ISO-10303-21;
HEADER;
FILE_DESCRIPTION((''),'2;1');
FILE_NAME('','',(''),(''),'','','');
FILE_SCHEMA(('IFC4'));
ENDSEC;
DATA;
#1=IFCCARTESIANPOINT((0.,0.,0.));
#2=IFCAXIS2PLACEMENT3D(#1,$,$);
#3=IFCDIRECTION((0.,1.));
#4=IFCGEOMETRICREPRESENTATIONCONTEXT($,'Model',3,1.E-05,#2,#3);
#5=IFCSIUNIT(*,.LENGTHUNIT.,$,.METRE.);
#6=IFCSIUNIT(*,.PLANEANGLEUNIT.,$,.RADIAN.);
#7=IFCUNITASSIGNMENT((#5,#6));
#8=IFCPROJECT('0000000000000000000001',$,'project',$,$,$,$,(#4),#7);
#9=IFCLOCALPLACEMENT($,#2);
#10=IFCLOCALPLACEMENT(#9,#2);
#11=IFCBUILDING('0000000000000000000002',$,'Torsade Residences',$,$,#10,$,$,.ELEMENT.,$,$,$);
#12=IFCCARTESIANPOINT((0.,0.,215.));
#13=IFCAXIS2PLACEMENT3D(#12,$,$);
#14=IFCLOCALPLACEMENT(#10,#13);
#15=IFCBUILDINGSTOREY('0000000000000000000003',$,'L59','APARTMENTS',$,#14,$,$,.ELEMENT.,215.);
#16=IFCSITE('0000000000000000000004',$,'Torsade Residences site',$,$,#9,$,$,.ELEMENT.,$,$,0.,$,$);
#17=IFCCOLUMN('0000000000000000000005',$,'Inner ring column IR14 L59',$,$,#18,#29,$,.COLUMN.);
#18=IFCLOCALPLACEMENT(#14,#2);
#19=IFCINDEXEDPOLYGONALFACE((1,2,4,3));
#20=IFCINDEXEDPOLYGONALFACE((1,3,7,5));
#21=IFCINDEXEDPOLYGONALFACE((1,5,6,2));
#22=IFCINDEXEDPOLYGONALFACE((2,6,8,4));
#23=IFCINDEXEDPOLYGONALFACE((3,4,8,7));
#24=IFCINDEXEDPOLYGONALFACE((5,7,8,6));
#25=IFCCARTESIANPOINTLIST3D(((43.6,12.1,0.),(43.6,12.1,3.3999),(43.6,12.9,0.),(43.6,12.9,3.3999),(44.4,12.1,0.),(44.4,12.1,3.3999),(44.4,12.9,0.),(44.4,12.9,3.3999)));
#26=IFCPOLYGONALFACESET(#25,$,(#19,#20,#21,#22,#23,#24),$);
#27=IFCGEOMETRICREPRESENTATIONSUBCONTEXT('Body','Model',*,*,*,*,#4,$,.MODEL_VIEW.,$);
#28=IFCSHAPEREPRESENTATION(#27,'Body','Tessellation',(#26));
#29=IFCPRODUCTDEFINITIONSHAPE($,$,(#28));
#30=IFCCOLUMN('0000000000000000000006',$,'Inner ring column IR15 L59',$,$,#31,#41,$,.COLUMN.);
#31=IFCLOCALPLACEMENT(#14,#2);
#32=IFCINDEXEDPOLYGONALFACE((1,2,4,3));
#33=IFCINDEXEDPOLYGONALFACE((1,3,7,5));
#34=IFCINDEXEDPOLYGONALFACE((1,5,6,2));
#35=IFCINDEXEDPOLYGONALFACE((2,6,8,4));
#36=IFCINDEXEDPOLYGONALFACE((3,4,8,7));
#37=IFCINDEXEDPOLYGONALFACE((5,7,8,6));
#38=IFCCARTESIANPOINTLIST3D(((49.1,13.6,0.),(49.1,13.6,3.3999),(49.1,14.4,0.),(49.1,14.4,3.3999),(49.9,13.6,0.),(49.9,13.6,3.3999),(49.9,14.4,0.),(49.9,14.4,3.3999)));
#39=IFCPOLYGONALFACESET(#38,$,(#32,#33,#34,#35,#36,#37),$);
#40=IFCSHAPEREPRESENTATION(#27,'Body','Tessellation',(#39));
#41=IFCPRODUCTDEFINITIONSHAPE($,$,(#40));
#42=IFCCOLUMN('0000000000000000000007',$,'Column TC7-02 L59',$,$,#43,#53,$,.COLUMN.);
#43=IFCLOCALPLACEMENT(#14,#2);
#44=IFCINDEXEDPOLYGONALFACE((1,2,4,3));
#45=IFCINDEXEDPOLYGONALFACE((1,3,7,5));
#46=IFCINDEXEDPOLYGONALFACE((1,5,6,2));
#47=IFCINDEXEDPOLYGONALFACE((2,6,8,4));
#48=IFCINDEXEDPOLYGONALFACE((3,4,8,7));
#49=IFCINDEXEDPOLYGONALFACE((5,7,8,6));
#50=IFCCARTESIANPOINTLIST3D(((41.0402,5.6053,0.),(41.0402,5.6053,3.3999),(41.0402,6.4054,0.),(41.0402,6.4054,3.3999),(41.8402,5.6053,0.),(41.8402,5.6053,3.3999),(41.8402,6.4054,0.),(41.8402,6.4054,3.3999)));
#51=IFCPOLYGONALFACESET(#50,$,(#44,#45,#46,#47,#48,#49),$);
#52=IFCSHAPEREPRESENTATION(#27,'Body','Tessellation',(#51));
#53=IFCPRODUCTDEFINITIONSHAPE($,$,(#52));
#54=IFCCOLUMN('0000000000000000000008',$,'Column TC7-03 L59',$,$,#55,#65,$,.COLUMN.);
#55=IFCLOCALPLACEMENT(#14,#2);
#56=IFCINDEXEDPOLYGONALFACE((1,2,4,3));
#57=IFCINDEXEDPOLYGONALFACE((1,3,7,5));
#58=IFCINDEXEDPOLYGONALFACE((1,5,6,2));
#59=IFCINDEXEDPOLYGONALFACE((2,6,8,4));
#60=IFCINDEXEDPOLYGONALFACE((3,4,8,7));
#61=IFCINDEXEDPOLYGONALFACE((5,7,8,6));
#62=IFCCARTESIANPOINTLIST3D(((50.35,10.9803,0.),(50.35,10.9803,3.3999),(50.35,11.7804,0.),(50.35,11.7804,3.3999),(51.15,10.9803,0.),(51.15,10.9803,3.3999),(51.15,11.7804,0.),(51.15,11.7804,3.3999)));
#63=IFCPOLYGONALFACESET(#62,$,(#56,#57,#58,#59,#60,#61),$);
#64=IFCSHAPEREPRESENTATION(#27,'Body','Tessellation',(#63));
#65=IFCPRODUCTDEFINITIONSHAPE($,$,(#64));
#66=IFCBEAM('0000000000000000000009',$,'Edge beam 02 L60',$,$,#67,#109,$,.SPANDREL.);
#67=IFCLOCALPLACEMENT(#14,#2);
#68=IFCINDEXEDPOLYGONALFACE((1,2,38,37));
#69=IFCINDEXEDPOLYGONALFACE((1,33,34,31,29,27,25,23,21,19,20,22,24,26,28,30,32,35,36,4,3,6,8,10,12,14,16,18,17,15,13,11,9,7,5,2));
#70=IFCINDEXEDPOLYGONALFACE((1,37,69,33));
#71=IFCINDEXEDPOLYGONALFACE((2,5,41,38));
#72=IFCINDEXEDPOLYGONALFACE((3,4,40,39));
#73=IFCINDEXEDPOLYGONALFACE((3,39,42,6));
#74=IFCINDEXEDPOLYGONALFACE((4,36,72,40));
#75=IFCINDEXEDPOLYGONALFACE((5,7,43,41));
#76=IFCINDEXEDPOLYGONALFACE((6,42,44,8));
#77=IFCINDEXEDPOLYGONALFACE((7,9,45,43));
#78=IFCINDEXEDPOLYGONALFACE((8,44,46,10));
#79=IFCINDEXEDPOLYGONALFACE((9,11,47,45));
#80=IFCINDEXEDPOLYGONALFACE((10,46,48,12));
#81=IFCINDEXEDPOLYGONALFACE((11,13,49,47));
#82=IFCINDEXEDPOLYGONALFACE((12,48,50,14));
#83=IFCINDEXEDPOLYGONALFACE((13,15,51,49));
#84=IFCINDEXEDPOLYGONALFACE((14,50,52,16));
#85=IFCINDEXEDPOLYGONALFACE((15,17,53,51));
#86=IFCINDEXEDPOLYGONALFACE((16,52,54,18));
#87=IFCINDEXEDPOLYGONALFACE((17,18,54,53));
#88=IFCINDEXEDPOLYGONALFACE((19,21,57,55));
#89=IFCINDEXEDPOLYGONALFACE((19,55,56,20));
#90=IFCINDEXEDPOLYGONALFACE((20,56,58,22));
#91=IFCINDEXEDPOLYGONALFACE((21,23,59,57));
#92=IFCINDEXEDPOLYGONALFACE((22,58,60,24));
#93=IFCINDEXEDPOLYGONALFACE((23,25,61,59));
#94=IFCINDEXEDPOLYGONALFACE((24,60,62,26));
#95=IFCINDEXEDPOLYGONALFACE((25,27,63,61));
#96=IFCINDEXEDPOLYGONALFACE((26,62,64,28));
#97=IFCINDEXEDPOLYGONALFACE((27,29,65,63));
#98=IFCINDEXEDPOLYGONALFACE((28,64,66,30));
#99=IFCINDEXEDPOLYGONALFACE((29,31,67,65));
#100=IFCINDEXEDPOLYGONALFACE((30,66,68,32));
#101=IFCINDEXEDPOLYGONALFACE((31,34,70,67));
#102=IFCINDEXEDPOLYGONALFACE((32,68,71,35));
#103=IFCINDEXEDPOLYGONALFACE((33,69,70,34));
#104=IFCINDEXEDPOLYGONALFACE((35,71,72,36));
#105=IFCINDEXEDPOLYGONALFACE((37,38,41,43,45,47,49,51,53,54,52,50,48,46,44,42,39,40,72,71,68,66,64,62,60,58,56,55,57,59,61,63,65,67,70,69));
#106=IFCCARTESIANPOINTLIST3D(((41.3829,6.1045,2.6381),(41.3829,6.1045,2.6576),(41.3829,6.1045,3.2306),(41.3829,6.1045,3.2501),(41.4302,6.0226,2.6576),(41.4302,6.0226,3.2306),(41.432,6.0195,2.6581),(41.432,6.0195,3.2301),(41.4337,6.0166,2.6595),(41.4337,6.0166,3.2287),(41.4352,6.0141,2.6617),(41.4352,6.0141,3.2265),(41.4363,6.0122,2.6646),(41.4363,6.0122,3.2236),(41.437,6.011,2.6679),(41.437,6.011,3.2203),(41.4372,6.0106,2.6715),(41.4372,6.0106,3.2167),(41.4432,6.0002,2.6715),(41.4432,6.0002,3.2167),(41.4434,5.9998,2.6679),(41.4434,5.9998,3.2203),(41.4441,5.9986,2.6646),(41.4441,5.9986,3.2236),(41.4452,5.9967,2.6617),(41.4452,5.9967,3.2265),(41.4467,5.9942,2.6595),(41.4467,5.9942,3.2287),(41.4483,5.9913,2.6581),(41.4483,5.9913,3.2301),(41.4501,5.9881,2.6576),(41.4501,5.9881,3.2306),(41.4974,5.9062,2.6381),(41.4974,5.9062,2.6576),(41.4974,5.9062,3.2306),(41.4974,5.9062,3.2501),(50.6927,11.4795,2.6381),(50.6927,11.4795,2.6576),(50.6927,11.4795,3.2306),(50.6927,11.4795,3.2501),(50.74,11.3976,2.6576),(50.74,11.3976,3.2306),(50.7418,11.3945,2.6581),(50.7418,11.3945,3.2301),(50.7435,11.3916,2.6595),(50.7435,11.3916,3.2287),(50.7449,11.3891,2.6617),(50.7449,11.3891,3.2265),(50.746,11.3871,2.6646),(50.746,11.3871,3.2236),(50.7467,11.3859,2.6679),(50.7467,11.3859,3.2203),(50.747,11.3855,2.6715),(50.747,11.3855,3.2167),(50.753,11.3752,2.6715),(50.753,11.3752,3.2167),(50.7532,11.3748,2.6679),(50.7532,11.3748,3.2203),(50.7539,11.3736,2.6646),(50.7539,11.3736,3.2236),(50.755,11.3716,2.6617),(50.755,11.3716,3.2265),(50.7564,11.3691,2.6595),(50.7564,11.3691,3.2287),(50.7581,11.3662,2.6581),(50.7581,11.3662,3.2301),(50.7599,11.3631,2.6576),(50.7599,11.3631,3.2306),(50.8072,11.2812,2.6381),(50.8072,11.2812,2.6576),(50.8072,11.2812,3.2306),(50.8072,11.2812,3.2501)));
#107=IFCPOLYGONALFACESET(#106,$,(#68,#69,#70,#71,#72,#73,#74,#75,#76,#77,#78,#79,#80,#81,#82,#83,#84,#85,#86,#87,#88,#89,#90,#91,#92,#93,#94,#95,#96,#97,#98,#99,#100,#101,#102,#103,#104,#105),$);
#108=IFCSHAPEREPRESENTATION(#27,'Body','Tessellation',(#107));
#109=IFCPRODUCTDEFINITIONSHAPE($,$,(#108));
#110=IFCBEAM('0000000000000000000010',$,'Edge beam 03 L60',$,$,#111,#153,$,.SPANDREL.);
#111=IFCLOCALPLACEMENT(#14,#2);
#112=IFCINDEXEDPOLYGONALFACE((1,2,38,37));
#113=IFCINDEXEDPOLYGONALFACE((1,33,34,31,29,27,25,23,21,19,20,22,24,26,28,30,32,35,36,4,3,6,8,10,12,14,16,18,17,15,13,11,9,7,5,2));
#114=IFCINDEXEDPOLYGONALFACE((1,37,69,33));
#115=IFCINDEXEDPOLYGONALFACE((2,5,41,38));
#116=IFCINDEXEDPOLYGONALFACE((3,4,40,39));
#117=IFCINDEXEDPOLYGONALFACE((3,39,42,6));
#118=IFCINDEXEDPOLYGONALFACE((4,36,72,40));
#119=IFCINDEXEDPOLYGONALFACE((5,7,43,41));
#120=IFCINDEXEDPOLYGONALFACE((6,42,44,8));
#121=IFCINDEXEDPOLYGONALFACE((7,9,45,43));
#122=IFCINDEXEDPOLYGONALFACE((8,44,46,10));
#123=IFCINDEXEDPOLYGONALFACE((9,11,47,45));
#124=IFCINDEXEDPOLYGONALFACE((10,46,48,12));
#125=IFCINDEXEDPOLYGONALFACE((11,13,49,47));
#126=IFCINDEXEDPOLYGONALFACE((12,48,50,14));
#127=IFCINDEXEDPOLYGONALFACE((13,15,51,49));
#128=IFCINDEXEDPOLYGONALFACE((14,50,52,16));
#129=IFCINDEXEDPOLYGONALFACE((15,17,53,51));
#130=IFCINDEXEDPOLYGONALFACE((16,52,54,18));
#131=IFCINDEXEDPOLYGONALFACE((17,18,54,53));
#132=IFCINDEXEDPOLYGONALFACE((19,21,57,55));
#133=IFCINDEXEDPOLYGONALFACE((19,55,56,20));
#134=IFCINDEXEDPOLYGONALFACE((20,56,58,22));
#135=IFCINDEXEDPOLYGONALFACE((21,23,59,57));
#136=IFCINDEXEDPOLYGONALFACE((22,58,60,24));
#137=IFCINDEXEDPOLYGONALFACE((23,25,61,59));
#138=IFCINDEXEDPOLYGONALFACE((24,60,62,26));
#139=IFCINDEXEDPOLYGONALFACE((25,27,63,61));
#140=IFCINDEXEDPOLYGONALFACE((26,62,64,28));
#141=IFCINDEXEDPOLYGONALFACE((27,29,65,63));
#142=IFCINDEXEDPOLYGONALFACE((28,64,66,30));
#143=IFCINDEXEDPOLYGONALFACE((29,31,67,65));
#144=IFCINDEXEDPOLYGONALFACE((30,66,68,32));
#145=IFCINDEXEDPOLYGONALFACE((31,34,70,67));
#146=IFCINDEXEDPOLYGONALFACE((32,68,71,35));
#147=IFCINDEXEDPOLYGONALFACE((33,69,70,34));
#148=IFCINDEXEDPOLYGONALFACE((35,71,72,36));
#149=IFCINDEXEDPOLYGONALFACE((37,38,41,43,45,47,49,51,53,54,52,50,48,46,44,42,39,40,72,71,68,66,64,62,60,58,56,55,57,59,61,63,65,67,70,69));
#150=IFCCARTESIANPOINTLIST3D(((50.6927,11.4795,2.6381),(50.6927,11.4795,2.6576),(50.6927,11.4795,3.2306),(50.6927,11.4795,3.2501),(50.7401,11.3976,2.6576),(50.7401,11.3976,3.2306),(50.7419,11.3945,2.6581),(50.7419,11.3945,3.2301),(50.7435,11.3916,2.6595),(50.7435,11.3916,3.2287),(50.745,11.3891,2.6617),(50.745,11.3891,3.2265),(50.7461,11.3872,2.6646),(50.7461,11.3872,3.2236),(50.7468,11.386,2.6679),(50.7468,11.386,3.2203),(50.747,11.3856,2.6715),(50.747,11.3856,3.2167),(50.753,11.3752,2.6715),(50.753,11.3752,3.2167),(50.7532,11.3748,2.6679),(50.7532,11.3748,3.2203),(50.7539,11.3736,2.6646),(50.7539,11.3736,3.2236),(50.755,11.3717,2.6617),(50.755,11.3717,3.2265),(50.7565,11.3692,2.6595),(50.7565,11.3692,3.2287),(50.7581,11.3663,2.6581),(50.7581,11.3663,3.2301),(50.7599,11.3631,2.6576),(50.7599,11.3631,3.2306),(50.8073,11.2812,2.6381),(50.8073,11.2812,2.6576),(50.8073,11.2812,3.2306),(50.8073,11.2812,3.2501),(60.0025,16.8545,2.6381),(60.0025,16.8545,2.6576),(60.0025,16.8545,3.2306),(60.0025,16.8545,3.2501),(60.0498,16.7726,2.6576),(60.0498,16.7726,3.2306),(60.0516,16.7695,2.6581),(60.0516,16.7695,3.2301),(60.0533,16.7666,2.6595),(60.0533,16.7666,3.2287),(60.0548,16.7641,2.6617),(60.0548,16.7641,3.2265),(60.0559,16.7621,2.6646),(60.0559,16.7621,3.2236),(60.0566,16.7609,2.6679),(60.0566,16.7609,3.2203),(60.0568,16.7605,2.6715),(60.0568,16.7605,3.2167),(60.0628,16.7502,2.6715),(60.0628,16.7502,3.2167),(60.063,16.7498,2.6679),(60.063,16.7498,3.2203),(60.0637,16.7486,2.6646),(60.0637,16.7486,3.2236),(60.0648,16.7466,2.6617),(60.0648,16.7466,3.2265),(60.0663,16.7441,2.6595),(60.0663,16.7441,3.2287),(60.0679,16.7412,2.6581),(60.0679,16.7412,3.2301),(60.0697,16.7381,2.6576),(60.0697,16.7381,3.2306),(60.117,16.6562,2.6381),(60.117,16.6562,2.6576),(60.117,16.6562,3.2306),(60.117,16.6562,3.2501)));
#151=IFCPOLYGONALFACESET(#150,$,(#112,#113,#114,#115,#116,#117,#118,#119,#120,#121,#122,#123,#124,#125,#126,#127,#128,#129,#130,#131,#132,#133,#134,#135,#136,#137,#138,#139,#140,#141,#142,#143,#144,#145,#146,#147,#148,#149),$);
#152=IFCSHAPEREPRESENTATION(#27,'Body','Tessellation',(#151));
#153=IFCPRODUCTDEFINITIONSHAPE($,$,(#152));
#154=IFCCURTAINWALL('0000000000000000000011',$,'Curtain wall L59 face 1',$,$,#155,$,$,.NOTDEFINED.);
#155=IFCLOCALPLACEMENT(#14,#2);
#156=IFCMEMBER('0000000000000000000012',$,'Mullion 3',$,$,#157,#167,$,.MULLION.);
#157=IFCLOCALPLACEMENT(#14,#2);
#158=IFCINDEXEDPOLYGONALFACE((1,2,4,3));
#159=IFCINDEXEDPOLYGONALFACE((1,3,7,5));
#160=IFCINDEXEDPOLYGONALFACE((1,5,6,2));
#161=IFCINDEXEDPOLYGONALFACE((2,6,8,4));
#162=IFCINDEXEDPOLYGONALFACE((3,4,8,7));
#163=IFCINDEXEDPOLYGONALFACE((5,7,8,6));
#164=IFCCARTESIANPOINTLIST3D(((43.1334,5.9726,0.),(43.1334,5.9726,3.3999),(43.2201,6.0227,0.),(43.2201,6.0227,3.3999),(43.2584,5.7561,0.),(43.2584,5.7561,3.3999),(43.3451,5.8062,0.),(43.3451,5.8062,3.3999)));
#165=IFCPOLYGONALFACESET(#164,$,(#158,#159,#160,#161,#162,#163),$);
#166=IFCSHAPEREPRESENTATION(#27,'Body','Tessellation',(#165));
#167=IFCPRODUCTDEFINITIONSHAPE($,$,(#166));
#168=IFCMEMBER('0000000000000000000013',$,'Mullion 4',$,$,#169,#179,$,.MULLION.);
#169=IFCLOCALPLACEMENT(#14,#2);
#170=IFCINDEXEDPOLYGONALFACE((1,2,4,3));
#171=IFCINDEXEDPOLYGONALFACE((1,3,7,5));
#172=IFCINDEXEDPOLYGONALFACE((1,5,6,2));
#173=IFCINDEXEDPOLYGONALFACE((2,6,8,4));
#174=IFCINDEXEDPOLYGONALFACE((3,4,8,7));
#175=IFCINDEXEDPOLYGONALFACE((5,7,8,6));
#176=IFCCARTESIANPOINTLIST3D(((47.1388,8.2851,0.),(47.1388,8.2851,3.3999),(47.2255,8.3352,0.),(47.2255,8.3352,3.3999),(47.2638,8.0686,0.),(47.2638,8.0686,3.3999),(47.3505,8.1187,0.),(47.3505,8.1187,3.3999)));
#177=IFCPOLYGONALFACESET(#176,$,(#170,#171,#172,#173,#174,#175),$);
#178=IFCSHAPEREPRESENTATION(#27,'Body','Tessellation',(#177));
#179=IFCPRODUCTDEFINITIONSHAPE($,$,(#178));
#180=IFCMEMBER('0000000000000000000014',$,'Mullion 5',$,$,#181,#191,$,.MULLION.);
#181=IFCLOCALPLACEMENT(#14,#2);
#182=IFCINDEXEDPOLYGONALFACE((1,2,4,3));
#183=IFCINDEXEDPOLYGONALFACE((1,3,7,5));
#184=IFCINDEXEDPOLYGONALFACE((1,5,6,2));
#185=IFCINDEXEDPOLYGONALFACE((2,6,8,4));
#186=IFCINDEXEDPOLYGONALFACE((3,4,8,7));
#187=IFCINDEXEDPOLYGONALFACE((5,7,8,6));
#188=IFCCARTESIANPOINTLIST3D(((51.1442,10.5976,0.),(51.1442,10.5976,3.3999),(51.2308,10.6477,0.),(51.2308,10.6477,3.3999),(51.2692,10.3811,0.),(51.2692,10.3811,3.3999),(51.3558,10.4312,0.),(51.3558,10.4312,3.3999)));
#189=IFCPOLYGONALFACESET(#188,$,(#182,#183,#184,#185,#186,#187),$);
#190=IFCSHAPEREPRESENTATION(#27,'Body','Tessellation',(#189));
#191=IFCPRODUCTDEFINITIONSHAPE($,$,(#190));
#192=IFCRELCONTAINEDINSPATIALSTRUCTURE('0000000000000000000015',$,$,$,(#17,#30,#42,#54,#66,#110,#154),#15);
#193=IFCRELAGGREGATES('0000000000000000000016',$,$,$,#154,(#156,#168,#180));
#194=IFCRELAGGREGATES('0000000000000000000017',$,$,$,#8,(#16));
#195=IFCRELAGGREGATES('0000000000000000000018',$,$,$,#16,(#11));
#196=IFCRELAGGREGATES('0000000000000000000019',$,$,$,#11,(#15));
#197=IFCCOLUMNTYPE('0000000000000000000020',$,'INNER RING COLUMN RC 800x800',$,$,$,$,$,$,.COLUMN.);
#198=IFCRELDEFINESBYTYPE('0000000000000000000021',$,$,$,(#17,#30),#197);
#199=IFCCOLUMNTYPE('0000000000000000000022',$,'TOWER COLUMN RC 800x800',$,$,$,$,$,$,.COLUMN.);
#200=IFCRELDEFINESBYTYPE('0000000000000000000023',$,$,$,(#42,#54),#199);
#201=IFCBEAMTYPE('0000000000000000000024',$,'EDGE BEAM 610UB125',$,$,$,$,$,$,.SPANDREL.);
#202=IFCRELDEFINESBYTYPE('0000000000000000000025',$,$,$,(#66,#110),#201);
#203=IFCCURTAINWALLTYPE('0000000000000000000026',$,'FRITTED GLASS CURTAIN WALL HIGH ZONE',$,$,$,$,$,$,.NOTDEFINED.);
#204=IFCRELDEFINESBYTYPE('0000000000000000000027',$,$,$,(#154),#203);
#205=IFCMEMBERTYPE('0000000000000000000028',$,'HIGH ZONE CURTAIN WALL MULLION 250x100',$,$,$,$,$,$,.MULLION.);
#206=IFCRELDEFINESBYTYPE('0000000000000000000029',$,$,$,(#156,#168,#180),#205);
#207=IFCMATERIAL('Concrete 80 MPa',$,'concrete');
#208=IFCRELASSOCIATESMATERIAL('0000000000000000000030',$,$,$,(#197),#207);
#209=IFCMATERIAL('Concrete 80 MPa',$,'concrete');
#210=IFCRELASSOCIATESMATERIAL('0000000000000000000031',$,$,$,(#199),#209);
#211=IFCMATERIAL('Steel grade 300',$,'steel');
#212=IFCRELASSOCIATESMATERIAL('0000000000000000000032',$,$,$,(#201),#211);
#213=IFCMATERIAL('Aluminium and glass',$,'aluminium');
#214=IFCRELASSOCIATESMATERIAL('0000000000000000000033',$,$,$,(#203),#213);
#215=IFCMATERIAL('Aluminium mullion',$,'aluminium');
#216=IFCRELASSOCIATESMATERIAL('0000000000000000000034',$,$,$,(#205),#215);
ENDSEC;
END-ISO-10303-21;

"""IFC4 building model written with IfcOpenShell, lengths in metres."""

from ifc_helpers import new_model, si_unit, direction, frame, origin, origin_2d, place, context, subcontext, project, spatial, rectangle, i_section, extrude, material, material_profile, profile_set, type_object, element, aggregate, save


model = new_model("IFC4")

# Units and contexts
model_context = context("Model", 3, precision=1e-05, world=origin(), true_north=direction((0.0, 1.0)))
body_context = subcontext(model_context, "Body", "Model", "MODEL_VIEW")
ifc_project = project(units=[si_unit("LENGTHUNIT", "METRE"), si_unit("PLANEANGLEUNIT", "RADIAN")], contexts=[model_context])

# Site, building, storey
site_placement = place(None, origin())
site = spatial("IfcSite", under=ifc_project, at=site_placement, Name="Torsade Residences site", CompositionType="ELEMENT", RefElevation=0.0)
building_placement = place(site_placement, origin())
building = spatial("IfcBuilding", under=site, at=building_placement, Name="Torsade Residences", CompositionType="ELEMENT")
storey_placement = place(building_placement, frame((0.0, 0.0, 215.0)))
storey = spatial("IfcBuildingStorey", under=building, at=storey_placement, Name="L59", Description="APARTMENTS", CompositionType="ELEMENT", Elevation=215.0)

# Columns
ifc_material_1 = material(Name="Concrete 80 MPa", Category="concrete")
ifc_material_profile_1 = material_profile(ifc_material_1, rectangle(XDim=0.8, YDim=0.8, at=origin_2d()), Name="RC 800x800")
ifc_profile_set_1 = profile_set([ifc_material_profile_1], Name="Concrete 80 MPa")
column_type_1 = type_object("IfcColumnType", Name="INNER RING COLUMN RC 800x800", PredefinedType="COLUMN", material=ifc_profile_set_1)
for number, where, z_axis, x_axis, name in (
    (1, (44.0, 12.5, 0.0), (0.0, 0.0, 1.0), (1.0, 0.0, 0.0), "Inner ring column IR14 L59"),
    (2, (49.5, 14.0, 0.0), (0.0, 0.0, 1.0), (1.0, 0.0, 0.0), "Inner ring column IR15 L59"),
):
    element("IfcColumn", number, at=place(storey_placement, frame(where, z_axis=z_axis, x_axis=x_axis)), inside=storey, type_object=column_type_1, Name=name, PredefinedType="COLUMN", context=body_context, shape_type="SweptSolid", body=[
        extrude(rectangle(XDim=0.8, YDim=0.8, at=origin_2d()), origin(), (0.0, 0.0, 1.0), 3.3999),
    ])
ifc_material_2 = material(Name="Concrete 80 MPa", Category="concrete")
ifc_material_profile_2 = material_profile(ifc_material_2, rectangle(XDim=0.8, YDim=0.8, at=origin_2d()), Name="RC 800x800")
ifc_profile_set_2 = profile_set([ifc_material_profile_2], Name="Concrete 80 MPa")
column_type_2 = type_object("IfcColumnType", Name="TOWER COLUMN RC 800x800", PredefinedType="COLUMN", material=ifc_profile_set_2)
for number, where, z_axis, x_axis, name in (
    (3, (41.4402, 6.0054, 0.0), (0.0, 0.0, 1.0), (1.0, 0.0, 0.0), "Column TC7-02 L59"),
    (4, (50.75, 11.3804, 0.0), (0.0, 0.0, 1.0), (1.0, 0.0, 0.0), "Column TC7-03 L59"),
):
    element("IfcColumn", number, at=place(storey_placement, frame(where, z_axis=z_axis, x_axis=x_axis)), inside=storey, type_object=column_type_2, Name=name, PredefinedType="COLUMN", context=body_context, shape_type="SweptSolid", body=[
        extrude(rectangle(XDim=0.8, YDim=0.8, at=origin_2d()), origin(), (0.0, 0.0, 1.0), 3.3999),
    ])

# Beams
ifc_material_3 = material(Name="Steel grade 300", Category="steel")
ifc_material_profile_3 = material_profile(ifc_material_3, i_section(OverallWidth=0.229, OverallDepth=0.6121, WebThickness=0.012, FlangeThickness=0.0195, FilletRadius=0.0139, at=origin_2d()), Name="610UB125")
ifc_profile_set_3 = profile_set([ifc_material_profile_3], Name="Steel grade 300")
beam_type_1 = type_object("IfcBeamType", Name="EDGE BEAM 610UB125", PredefinedType="SPANDREL", material=ifc_profile_set_3)
for number, where, z_axis, x_axis, name in (
    (5, (41.4402, 6.0054, 2.9441), (0.866026, 0.499998, 0.0), (-0.499998, 0.866026, 0.0), "Edge beam 02 L60"),
    (6, (50.75, 11.3804, 2.9441), (0.866026, 0.499998, 0.0), (-0.499998, 0.866026, 0.0), "Edge beam 03 L60"),
):
    element("IfcBeam", number, at=place(storey_placement, frame(where, z_axis=z_axis, x_axis=x_axis)), inside=storey, type_object=beam_type_1, Name=name, PredefinedType="SPANDREL", context=body_context, shape_type="SweptSolid", body=[
        extrude(i_section(OverallWidth=0.229, OverallDepth=0.6121, WebThickness=0.012, FlangeThickness=0.0195, FilletRadius=0.0139, at=origin_2d()), origin(), (0.0, 0.0, 1.0), 10.75),
    ])

# Curtain wall, members
ifc_material_4 = material(Name="Aluminium and glass", Category="aluminium")
curtain_wall_type = type_object("IfcCurtainWallType", Name="FRITTED GLASS CURTAIN WALL HIGH ZONE", PredefinedType="NOTDEFINED", material=ifc_material_4)
curtain_wall_placement = place(storey_placement, origin())
curtain_wall = element("IfcCurtainWall", 7, at=curtain_wall_placement, inside=storey, type_object=curtain_wall_type, Name="Curtain wall L59 face 1", PredefinedType="NOTDEFINED")
ifc_material_5 = material(Name="Aluminium mullion", Category="aluminium")
ifc_material_profile_4 = material_profile(ifc_material_5, rectangle(XDim=0.25, YDim=0.1001, at=origin_2d()), Name="HIGH ZONE CURTAIN WALL MULLION 250x100")
ifc_profile_set_4 = profile_set([ifc_material_profile_4], Name="Aluminium mullion")
member_type_1 = type_object("IfcMemberType", Name="HIGH ZONE CURTAIN WALL MULLION 250x100", PredefinedType="MULLION", material=ifc_profile_set_4)
member_1_placement = place(storey_placement, frame((43.2393, 5.8894, 0.0), z_axis=(0.0, 0.0, 1.0), x_axis=(-0.5, 0.866025, 0.0)))
member_1 = element("IfcMember", 8, at=member_1_placement, type_object=member_type_1, Name="Mullion 3", PredefinedType="MULLION", context=body_context, shape_type="SweptSolid", body=[
    extrude(rectangle(XDim=0.25, YDim=0.1001, at=origin_2d()), origin(), (0.0, 0.0, 1.0), 3.3999),
])
member_2_placement = place(storey_placement, frame((47.2446, 8.2019, 0.0), z_axis=(0.0, 0.0, 1.0), x_axis=(-0.5, 0.866025, 0.0)))
member_2 = element("IfcMember", 9, at=member_2_placement, type_object=member_type_1, Name="Mullion 4", PredefinedType="MULLION", context=body_context, shape_type="SweptSolid", body=[
    extrude(rectangle(XDim=0.25, YDim=0.1001, at=origin_2d()), origin(), (0.0, 0.0, 1.0), 3.3999),
])
member_3_placement = place(storey_placement, frame((51.25, 10.5144, 0.0), z_axis=(0.0, 0.0, 1.0), x_axis=(-0.5, 0.866025, 0.0)))
member_3 = element("IfcMember", 10, at=member_3_placement, type_object=member_type_1, Name="Mullion 5", PredefinedType="MULLION", context=body_context, shape_type="SweptSolid", body=[
    extrude(rectangle(XDim=0.25, YDim=0.1001, at=origin_2d()), origin(), (0.0, 0.0, 1.0), 3.3999),
])

aggregate(curtain_wall, [member_1, member_2, member_3])

save(model, "model.ifc")
